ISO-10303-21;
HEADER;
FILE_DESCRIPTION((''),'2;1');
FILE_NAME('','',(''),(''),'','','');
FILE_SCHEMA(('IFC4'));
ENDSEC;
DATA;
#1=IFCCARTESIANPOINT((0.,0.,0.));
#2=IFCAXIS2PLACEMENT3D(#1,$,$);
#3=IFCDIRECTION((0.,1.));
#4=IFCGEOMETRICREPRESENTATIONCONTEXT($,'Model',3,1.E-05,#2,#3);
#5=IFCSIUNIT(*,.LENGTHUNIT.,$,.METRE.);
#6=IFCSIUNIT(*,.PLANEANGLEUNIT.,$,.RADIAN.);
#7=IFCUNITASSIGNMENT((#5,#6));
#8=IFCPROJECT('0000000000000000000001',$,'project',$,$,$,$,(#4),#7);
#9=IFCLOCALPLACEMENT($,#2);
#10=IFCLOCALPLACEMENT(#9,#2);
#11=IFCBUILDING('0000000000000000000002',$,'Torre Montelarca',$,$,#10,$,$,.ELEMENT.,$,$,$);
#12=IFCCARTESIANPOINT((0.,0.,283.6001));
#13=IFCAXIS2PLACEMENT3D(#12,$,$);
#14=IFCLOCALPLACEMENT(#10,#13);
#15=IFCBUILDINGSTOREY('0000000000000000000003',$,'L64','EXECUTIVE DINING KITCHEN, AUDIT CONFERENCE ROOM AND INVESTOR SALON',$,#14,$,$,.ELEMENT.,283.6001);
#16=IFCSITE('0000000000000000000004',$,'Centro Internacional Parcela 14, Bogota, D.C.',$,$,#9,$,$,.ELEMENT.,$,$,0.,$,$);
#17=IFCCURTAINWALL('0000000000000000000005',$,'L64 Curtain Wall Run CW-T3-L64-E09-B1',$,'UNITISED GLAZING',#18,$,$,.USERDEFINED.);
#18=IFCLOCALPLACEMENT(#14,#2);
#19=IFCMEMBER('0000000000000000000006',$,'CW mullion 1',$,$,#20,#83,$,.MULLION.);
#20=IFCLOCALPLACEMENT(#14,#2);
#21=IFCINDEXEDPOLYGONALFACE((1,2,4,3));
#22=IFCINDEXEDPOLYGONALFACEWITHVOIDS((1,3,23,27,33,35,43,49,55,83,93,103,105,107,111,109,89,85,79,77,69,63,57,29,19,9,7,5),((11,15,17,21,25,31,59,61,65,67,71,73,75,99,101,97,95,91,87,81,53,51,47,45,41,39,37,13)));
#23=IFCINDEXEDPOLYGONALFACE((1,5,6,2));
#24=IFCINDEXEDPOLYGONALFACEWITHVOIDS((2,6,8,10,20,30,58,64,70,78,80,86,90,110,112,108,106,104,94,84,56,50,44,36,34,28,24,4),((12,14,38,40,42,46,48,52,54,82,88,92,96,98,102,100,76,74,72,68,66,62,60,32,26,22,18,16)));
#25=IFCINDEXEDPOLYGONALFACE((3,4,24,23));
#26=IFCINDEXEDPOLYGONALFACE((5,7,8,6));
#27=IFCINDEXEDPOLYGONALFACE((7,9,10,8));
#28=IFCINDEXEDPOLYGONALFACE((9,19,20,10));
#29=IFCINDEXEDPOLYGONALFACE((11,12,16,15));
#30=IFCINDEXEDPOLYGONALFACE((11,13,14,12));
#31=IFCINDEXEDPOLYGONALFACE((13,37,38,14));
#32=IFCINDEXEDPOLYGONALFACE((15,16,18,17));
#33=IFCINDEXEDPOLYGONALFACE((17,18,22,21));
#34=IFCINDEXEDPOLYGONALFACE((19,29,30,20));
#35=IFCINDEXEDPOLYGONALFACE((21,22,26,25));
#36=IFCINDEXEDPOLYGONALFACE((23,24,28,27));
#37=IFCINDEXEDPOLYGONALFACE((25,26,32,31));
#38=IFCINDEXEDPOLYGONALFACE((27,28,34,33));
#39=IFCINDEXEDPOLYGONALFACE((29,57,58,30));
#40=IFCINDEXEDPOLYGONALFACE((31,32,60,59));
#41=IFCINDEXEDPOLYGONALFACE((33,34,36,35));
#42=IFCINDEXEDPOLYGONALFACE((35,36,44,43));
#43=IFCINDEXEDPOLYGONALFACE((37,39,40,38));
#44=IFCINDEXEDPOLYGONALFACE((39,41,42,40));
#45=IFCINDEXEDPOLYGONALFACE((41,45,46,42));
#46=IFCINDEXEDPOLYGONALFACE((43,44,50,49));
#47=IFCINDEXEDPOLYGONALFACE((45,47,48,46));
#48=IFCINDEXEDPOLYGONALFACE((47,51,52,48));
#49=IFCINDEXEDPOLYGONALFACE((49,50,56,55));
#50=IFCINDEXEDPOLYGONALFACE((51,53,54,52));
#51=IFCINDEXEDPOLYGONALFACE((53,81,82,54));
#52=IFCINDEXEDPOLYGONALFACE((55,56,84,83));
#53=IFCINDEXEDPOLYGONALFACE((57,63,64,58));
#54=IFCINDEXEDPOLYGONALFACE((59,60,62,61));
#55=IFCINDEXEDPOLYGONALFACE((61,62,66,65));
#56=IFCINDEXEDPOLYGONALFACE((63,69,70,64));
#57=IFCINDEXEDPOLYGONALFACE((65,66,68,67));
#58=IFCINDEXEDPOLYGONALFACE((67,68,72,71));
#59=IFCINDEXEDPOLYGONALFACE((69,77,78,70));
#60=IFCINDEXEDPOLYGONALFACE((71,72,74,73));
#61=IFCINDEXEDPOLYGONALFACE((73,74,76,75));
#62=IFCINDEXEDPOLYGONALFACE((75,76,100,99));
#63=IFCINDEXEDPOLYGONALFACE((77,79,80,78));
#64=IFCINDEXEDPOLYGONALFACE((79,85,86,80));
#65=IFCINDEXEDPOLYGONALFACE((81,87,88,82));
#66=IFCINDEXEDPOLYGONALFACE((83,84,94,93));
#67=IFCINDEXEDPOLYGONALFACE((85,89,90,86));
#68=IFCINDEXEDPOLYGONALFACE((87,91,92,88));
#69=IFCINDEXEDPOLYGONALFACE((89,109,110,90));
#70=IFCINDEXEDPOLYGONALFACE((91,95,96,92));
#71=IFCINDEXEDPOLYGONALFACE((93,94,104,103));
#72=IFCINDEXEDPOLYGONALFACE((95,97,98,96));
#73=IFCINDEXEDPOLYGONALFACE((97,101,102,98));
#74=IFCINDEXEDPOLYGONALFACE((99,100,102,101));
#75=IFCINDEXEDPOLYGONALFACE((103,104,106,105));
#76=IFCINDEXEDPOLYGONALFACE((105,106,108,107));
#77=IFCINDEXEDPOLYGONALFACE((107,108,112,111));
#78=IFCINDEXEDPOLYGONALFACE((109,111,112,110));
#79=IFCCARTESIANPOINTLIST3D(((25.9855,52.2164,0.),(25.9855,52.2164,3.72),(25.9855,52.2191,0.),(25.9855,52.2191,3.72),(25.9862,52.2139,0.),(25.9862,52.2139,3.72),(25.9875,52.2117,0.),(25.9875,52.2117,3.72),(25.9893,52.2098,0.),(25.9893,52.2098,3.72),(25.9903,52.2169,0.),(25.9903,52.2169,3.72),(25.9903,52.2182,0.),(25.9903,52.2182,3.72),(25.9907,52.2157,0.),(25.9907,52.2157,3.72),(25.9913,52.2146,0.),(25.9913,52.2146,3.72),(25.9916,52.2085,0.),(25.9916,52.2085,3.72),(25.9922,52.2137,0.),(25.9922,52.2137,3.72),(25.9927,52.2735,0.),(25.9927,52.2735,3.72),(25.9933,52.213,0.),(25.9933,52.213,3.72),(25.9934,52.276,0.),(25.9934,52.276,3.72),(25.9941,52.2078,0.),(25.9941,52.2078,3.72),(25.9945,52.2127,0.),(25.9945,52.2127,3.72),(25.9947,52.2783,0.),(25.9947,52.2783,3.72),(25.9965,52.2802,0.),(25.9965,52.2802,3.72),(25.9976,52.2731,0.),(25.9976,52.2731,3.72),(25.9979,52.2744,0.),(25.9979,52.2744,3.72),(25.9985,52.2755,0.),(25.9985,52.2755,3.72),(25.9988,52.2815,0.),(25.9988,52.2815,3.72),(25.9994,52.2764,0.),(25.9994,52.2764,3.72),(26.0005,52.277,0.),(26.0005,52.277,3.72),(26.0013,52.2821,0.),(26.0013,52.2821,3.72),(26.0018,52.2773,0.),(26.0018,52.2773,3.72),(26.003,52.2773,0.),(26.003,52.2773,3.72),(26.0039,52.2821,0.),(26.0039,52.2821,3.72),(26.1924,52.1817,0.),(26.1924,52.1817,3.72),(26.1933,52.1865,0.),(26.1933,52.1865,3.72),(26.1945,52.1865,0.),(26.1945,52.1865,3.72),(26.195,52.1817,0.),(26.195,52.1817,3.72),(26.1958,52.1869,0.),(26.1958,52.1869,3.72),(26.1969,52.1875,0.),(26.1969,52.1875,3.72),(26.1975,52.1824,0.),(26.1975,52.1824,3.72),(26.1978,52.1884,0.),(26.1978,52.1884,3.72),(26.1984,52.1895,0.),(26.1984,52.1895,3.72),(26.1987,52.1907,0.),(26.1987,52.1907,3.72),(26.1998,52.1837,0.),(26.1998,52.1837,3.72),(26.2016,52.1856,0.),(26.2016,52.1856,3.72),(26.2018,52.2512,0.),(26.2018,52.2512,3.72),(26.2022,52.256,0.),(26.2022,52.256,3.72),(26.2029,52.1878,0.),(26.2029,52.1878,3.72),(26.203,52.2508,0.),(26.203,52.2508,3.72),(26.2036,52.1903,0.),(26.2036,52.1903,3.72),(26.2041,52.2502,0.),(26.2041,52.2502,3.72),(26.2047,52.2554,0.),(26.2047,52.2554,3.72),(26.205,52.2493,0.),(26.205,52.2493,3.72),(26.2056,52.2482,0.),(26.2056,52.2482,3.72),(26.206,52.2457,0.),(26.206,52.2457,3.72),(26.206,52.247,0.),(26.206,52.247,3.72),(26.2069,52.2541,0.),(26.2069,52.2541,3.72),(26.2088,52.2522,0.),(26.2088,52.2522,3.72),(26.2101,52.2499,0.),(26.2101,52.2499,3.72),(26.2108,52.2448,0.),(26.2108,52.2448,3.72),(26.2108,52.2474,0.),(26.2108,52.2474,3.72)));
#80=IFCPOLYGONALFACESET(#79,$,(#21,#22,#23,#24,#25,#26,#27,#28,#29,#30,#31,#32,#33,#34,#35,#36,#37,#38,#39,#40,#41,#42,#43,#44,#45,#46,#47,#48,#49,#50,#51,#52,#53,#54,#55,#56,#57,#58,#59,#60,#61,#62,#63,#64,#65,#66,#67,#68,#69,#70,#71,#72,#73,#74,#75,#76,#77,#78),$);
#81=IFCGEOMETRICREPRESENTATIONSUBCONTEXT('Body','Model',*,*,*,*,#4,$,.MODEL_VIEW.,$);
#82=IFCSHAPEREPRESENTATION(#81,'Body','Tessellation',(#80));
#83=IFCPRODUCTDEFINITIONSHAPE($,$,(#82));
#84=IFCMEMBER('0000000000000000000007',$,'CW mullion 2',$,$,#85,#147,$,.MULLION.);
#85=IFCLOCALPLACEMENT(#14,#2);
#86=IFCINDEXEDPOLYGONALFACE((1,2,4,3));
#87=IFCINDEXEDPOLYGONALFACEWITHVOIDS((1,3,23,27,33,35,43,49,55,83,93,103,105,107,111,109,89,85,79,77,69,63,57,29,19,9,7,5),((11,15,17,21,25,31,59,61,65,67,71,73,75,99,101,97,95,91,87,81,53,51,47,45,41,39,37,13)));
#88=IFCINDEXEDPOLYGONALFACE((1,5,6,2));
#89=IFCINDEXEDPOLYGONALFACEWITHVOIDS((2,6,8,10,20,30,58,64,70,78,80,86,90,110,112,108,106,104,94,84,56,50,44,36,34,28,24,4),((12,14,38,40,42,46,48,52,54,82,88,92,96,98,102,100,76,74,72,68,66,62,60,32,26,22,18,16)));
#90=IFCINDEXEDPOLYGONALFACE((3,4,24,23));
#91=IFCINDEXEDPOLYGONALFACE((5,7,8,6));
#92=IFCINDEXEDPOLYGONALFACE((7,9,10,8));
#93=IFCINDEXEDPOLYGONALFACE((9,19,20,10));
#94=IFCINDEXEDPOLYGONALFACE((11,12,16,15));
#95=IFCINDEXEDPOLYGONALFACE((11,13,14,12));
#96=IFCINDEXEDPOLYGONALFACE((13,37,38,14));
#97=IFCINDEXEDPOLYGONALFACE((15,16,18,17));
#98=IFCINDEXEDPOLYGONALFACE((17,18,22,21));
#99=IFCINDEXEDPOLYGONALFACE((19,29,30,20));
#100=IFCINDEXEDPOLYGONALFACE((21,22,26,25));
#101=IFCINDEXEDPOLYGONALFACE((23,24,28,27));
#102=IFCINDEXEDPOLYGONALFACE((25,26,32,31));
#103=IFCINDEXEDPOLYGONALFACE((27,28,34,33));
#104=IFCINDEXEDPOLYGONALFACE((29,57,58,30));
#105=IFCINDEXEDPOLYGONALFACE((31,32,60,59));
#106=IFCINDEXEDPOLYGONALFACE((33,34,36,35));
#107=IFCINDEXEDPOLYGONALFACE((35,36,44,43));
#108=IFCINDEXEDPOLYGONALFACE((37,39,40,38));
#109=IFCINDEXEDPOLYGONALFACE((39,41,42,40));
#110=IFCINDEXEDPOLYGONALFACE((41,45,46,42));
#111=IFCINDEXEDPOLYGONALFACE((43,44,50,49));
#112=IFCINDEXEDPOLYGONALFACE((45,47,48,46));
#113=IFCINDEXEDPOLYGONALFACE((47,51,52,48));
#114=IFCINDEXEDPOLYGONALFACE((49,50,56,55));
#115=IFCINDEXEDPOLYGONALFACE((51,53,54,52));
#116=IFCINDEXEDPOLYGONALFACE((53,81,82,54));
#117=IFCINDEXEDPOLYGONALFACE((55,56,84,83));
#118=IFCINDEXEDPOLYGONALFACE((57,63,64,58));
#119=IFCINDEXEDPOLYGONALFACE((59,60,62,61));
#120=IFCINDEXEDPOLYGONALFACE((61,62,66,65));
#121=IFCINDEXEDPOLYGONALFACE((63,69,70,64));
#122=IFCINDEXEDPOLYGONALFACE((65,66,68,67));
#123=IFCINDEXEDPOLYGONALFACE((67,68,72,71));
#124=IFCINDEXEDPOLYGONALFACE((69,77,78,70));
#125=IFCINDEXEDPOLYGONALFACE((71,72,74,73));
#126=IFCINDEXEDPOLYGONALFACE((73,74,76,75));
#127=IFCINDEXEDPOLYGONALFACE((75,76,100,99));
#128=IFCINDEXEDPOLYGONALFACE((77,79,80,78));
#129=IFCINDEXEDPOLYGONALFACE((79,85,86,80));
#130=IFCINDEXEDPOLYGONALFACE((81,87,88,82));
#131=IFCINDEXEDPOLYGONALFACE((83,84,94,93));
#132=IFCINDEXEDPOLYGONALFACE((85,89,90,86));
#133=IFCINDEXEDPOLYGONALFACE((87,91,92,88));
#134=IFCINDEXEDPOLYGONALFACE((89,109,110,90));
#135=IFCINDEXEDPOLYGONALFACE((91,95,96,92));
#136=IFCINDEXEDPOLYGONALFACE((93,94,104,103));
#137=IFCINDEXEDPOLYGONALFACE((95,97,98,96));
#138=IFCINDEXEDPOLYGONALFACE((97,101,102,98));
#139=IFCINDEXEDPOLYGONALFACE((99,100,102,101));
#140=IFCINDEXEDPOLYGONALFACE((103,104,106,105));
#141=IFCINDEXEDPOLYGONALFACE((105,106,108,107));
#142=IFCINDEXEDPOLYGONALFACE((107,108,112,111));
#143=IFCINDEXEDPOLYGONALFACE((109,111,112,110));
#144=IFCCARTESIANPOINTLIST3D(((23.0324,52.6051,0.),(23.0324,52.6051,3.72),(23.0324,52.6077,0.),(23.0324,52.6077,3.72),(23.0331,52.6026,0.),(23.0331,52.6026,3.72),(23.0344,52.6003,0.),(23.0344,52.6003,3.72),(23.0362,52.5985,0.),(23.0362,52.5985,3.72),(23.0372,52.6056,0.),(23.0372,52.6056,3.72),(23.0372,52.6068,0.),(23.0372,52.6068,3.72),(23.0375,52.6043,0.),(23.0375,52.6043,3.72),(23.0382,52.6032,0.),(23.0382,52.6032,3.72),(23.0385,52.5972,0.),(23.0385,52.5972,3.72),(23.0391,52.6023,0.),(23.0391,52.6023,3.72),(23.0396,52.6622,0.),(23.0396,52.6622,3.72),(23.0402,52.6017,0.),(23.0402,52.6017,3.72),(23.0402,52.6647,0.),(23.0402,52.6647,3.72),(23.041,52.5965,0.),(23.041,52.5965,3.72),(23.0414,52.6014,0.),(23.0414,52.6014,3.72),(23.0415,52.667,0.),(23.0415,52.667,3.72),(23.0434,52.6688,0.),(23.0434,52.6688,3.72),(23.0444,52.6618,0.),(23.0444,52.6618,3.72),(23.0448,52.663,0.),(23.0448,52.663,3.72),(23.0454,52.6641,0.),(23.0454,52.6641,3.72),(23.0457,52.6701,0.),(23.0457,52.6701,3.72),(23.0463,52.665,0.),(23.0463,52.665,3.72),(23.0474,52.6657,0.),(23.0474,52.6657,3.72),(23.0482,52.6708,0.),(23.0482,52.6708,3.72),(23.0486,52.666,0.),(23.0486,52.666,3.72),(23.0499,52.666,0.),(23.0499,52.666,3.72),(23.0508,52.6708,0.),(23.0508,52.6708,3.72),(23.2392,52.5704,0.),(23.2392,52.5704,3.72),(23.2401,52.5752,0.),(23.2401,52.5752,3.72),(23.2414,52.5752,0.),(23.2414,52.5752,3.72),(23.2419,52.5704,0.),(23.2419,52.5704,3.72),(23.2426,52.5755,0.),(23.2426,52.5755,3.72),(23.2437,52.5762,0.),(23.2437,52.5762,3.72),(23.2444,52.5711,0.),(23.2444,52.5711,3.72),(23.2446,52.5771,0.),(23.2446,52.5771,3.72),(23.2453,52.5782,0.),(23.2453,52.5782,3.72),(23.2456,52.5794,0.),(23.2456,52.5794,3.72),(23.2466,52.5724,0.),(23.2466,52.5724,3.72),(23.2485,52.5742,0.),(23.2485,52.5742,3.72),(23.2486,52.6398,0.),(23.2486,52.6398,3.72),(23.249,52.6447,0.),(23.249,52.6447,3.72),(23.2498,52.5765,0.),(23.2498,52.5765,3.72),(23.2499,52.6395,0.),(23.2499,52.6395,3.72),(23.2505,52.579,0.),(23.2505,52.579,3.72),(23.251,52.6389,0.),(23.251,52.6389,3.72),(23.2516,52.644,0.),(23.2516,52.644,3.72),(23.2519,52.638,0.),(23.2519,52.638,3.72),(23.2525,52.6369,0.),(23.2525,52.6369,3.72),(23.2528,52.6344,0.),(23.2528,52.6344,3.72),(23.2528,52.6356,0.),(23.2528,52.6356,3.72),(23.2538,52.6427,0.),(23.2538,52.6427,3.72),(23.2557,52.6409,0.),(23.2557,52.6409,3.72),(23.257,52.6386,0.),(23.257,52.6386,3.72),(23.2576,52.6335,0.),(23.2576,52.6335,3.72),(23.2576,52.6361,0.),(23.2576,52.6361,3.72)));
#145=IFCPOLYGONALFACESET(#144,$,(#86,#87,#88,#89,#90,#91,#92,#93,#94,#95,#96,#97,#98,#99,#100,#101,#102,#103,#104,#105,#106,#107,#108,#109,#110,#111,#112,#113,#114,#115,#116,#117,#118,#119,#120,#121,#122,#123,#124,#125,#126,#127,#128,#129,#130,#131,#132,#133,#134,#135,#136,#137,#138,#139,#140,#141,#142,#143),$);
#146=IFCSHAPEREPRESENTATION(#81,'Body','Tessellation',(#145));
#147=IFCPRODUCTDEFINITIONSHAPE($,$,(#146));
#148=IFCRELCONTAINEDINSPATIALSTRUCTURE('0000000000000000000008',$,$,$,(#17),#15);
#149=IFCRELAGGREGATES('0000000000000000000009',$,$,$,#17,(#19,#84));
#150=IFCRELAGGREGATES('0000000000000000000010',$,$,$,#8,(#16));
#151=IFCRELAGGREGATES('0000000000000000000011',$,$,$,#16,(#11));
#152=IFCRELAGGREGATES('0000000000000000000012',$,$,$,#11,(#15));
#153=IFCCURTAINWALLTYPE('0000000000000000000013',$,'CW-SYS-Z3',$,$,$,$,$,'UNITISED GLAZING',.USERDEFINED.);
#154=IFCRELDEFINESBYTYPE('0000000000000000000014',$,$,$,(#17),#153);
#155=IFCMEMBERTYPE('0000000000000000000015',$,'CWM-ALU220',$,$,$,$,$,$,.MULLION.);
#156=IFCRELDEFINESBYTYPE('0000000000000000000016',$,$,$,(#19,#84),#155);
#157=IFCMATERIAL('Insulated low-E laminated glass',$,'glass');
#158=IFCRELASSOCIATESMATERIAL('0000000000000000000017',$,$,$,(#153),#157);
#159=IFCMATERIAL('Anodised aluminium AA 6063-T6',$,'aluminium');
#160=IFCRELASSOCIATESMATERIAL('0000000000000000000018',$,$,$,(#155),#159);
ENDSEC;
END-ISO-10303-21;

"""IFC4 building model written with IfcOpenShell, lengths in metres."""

from ifc_helpers import new_model, si_unit, direction, frame, origin, origin_2d, place, context, subcontext, project, spatial, hollow_rectangle, extrude, source, transform, mapped, material, material_profile, profile_set, type_object, element, aggregate, save


model = new_model("IFC4")

# Units and contexts
model_context = context("Model", 3, precision=1e-05, world=origin(), true_north=direction((0.0, 1.0)))
body_context = subcontext(model_context, "Body", "Model", "MODEL_VIEW")
ifc_project = project(units=[si_unit("LENGTHUNIT", "METRE"), si_unit("PLANEANGLEUNIT", "RADIAN")], contexts=[model_context])

# Site, building, storey
site_placement = place(None, origin())
site = spatial("IfcSite", under=ifc_project, at=site_placement, Name="Centro Internacional Parcela 14, Bogota, D.C.", CompositionType="ELEMENT", RefElevation=0.0)
building_placement = place(site_placement, origin())
building = spatial("IfcBuilding", under=site, at=building_placement, Name="Torre Montelarca", CompositionType="ELEMENT")
storey_placement = place(building_placement, frame((0.0, 0.0, 283.6001)))
storey = spatial("IfcBuildingStorey", under=building, at=storey_placement, Name="L64", Description="EXECUTIVE DINING KITCHEN, AUDIT CONFERENCE ROOM AND INVESTOR SALON", CompositionType="ELEMENT", Elevation=283.6001)

# Curtain wall
ifc_material_1 = material(Name="Insulated low-E laminated glass", Category="glass")
curtain_wall_type = type_object("IfcCurtainWallType", Name="CW-SYS-Z3", ElementType="UNITISED GLAZING", PredefinedType="USERDEFINED", material=ifc_material_1)
curtain_wall_1_placement = place(storey_placement, origin())
curtain_wall_1 = element("IfcCurtainWall", 1, at=curtain_wall_1_placement, inside=storey, type_object=curtain_wall_type, Name="L64 Curtain Wall Run CW-T3-L64-E09-B1", ObjectType="UNITISED GLAZING", PredefinedType="USERDEFINED")
ifc_material_2 = material(Name="Anodised aluminium AA 6063-T6", Category="aluminium")

# Shared definitions
ifc_material_profile_1 = material_profile(ifc_material_2, hollow_rectangle(XDim=0.075, YDim=0.22, WallThickness=0.0049, InnerFilletRadius=0.0049, OuterFilletRadius=0.01, at=origin_2d()), Name="ALU75X220X5", Category="aluminium")
ifc_profile_set_1 = profile_set([ifc_material_profile_1], Name="Anodised aluminium AA 6063-T6")
member_type_1 = type_object("IfcMemberType", Name="CWM-ALU220", PredefinedType="MULLION", material=ifc_profile_set_1)
shared_shape_1 = source(origin(), body_context, "Body", "SweptSolid", [
    extrude(hollow_rectangle(XDim=0.075, YDim=0.22, WallThickness=0.0049, InnerFilletRadius=0.0049, OuterFilletRadius=0.01, at=origin_2d()), origin(), (0.0, 0.0, 1.0), 3.72),
])

# Members
member_1_placement = place(storey_placement, frame((26.0981, 52.2319, 0.0), z_axis=(0.0, 0.0, 1.0), x_axis=(-0.130514, -0.991446, 0.0)))
member_1 = element("IfcMember", 2, at=member_1_placement, type_object=member_type_1, Name="CW mullion 1", PredefinedType="MULLION", context=body_context, shape_type="MappedRepresentation", body=[
    mapped(shared_shape_1, transform((0.0, 0.0, 0.0), scale=1.0)),
])
member_2_placement = place(storey_placement, frame((23.145, 52.6206, 0.0), z_axis=(0.0, 0.0, 1.0), x_axis=(-0.130514, -0.991446, 0.0)))
member_2 = element("IfcMember", 3, at=member_2_placement, type_object=member_type_1, Name="CW mullion 2", PredefinedType="MULLION", context=body_context, shape_type="MappedRepresentation", body=[
    mapped(shared_shape_1, transform((0.0, 0.0, 0.0), scale=1.0)),
])

aggregate(curtain_wall_1, [member_1, member_2])

save(model, "model.ifc")
